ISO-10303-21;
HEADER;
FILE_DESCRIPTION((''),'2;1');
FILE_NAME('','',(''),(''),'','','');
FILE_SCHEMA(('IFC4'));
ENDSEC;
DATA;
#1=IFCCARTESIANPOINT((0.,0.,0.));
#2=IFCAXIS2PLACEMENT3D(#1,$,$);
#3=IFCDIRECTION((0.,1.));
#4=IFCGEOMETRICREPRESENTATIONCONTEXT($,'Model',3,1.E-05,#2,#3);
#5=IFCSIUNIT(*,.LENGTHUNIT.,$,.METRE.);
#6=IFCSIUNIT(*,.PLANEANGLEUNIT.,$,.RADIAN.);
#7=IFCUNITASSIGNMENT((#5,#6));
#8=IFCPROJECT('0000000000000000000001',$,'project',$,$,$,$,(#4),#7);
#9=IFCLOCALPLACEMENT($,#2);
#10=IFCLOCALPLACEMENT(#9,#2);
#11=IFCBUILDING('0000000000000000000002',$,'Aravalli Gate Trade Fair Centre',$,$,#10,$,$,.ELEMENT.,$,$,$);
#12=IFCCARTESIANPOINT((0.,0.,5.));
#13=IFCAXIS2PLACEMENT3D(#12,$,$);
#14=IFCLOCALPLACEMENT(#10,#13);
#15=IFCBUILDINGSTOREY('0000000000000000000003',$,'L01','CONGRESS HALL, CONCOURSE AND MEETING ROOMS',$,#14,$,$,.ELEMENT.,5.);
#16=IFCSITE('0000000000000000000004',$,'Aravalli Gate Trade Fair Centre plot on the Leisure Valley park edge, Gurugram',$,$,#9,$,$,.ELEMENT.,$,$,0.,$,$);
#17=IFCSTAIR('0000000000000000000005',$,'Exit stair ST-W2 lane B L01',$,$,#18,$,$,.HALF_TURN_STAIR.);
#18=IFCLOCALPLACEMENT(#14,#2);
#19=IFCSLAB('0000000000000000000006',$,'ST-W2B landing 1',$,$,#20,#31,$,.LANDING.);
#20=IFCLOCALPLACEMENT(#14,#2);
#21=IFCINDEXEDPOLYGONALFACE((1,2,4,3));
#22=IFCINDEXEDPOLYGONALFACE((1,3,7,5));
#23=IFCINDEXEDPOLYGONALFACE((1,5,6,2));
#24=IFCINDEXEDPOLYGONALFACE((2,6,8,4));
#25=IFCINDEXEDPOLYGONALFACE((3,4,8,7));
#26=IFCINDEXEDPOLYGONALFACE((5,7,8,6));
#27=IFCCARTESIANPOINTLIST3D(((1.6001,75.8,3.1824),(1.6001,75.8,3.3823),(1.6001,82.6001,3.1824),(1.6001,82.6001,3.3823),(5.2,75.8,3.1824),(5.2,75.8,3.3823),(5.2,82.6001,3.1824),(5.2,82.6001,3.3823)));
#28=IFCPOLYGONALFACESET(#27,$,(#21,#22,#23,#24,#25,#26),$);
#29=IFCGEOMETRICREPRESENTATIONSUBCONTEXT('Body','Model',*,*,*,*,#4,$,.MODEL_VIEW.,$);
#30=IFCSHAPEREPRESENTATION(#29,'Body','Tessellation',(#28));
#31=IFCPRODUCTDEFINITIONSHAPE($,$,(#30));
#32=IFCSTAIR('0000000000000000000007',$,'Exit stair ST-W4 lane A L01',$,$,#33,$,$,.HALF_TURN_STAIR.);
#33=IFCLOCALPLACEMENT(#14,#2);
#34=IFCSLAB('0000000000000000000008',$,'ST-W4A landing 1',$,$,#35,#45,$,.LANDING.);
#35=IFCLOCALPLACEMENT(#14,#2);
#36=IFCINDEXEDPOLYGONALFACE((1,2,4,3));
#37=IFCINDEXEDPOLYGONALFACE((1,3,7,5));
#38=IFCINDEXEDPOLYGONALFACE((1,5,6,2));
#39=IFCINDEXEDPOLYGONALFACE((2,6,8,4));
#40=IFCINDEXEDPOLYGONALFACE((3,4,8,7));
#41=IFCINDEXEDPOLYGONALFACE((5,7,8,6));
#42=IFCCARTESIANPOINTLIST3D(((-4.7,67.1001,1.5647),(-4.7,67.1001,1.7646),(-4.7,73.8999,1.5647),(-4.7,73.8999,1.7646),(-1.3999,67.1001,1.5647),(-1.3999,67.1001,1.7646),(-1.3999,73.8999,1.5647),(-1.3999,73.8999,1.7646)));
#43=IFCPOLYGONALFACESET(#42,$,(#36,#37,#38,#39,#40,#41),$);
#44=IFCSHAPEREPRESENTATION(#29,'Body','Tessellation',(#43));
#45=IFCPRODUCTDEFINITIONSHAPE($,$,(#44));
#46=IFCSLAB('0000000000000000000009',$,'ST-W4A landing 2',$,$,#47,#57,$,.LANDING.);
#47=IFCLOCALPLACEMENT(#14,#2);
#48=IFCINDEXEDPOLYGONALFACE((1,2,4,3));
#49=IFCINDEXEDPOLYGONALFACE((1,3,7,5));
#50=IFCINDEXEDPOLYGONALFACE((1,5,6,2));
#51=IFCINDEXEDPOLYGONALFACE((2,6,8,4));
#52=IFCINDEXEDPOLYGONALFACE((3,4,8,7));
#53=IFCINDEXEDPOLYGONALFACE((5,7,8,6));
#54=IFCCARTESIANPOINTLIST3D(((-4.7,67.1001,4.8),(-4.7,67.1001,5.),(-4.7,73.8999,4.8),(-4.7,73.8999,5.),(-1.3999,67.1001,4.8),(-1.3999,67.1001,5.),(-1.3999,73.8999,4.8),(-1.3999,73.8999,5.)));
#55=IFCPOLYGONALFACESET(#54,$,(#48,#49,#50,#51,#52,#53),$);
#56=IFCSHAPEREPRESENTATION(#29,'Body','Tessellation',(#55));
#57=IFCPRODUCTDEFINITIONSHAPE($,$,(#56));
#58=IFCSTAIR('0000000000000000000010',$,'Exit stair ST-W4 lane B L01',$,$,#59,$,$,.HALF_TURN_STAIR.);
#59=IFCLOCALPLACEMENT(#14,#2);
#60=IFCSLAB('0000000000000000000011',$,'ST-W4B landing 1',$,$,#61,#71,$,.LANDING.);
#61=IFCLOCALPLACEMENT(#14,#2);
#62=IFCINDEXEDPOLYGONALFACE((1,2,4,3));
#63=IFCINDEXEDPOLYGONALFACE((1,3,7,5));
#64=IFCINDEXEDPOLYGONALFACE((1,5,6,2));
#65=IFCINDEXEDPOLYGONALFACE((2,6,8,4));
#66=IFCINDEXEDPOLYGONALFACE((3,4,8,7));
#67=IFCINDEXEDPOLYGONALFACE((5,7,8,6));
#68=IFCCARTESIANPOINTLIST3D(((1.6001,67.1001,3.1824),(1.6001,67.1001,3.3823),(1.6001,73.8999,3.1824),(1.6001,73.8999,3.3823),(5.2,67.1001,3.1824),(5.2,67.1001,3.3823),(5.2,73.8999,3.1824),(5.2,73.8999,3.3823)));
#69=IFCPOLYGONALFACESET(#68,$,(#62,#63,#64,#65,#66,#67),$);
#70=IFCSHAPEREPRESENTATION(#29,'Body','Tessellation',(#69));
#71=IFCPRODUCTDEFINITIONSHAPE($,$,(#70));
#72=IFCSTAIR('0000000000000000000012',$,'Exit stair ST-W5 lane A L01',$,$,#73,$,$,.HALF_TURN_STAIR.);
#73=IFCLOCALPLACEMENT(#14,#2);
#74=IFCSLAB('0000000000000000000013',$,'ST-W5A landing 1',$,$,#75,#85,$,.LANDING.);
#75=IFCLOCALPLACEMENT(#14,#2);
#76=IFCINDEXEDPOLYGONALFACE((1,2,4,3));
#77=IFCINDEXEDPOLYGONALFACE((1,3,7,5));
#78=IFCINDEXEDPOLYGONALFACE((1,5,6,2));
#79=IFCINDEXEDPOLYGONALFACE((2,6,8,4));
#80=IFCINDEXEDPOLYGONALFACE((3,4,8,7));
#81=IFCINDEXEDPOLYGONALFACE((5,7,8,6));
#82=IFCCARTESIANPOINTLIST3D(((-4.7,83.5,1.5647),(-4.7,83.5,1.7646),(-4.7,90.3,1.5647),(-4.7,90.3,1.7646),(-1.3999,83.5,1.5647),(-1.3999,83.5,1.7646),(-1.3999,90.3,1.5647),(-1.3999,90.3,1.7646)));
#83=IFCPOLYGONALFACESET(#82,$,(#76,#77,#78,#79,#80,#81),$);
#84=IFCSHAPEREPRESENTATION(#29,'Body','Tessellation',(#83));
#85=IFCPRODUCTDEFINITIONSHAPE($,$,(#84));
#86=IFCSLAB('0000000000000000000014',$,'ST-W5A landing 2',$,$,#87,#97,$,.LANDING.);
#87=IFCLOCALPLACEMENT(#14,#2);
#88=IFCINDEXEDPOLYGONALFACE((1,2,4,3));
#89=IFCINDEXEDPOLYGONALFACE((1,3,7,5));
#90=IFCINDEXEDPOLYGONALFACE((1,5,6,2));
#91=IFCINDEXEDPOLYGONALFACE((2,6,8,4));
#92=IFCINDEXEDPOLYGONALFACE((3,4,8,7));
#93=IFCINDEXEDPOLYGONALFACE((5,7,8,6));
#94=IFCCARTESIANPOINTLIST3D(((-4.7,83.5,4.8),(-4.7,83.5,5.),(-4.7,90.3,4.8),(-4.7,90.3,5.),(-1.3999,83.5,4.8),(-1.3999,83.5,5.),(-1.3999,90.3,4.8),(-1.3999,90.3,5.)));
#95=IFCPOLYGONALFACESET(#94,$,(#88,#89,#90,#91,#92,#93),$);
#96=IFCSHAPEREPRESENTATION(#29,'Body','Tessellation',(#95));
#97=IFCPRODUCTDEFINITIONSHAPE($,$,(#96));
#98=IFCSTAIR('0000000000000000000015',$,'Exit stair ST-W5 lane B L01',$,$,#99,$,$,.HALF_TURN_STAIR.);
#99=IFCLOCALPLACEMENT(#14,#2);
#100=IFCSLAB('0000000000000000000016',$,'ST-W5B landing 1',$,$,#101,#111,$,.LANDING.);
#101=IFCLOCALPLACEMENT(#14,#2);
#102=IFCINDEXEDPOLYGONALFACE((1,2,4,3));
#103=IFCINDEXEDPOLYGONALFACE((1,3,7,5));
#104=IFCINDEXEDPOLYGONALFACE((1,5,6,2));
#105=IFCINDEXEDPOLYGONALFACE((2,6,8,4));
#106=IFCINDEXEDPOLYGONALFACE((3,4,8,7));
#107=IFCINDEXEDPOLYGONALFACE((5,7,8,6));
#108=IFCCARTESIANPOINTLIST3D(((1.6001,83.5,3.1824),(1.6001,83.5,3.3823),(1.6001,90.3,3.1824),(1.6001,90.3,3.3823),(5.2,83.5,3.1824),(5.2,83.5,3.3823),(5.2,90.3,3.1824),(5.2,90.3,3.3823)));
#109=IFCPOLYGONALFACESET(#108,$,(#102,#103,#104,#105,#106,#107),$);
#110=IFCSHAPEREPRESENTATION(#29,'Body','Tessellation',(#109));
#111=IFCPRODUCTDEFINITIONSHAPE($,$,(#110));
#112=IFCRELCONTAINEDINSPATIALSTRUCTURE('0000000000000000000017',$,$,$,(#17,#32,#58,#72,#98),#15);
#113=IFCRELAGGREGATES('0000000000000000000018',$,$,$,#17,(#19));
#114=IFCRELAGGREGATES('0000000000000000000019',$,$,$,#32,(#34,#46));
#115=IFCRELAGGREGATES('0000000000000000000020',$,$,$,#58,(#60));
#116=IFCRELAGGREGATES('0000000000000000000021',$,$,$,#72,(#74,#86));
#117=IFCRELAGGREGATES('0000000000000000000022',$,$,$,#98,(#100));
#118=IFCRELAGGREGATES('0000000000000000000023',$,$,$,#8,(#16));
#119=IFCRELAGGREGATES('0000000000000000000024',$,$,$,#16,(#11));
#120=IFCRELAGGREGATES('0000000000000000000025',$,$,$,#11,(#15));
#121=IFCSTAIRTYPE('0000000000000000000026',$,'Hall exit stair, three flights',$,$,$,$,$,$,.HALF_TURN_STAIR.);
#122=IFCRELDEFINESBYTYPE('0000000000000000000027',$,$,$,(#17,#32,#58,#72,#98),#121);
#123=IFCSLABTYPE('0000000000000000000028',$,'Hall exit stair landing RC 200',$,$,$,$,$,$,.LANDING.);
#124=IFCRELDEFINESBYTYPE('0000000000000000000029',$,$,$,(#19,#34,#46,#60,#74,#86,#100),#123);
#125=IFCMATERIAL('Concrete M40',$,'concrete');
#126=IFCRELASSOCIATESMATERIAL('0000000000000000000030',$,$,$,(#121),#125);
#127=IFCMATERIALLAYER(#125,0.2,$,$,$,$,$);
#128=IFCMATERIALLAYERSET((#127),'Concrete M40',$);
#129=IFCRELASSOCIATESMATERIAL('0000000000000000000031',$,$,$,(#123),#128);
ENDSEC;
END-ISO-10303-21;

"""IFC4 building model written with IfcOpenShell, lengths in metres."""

from ifc_helpers import new_model, si_unit, direction, frame, origin, place, context, subcontext, project, spatial, polyline, outline, extrude, material, layer, layer_set, type_object, element, aggregate, save


model = new_model("IFC4")

# Units and contexts
model_context = context("Model", 3, precision=1e-05, world=origin(), true_north=direction((0.0, 1.0)))
body_context = subcontext(model_context, "Body", "Model", "MODEL_VIEW")
ifc_project = project(units=[si_unit("LENGTHUNIT", "METRE"), si_unit("PLANEANGLEUNIT", "RADIAN")], contexts=[model_context])

# Site, building, storey
site_placement = place(None, origin())
site = spatial("IfcSite", under=ifc_project, at=site_placement, Name="Aravalli Gate Trade Fair Centre plot on the Leisure Valley park edge, Gurugram", CompositionType="ELEMENT", RefElevation=0.0)
building_placement = place(site_placement, origin())
building = spatial("IfcBuilding", under=site, at=building_placement, Name="Aravalli Gate Trade Fair Centre", CompositionType="ELEMENT")
storey_placement = place(building_placement, frame((0.0, 0.0, 5.0)))
storey = spatial("IfcBuildingStorey", under=building, at=storey_placement, Name="L01", Description="CONGRESS HALL, CONCOURSE AND MEETING ROOMS", CompositionType="ELEMENT", Elevation=5.0)

# Shared definitions
ifc_material = material(Name="Concrete M40", Category="concrete")
stair_type_1 = type_object("IfcStairType", Name="Hall exit stair, three flights", PredefinedType="HALF_TURN_STAIR", material=ifc_material)
ifc_layer = layer(ifc_material, 0.2)
ifc_layer_set = layer_set([ifc_layer], Name="Concrete M40")
slab_type = type_object("IfcSlabType", Name="Hall exit stair landing RC 200", PredefinedType="LANDING", material=ifc_layer_set)

# Stair, slab
stair_1_placement = place(storey_placement, origin())
stair_1 = element("IfcStair", 1, at=stair_1_placement, inside=storey, type_object=stair_type_1, Name="Exit stair ST-W2 lane B L01", PredefinedType="HALF_TURN_STAIR")
slab_1_placement = place(storey_placement, frame((0.0, 0.0, 3.1824)))
slab_1 = element("IfcSlab", 2, at=slab_1_placement, type_object=slab_type, Name="ST-W2B landing 1", PredefinedType="LANDING", context=body_context, shape_type="SweptSolid", body=[
    extrude(outline(polyline([(5.2, 75.8), (5.2, 82.6001), (1.6001, 82.6001), (1.6001, 75.8), (5.2, 75.8)])), origin(), (0.0, 0.0, 1.0), 0.2),
])
aggregate(stair_1, [slab_1])

# Stair, slabs
stair_2_placement = place(storey_placement, origin())
stair_2 = element("IfcStair", 3, at=stair_2_placement, inside=storey, type_object=stair_type_1, Name="Exit stair ST-W4 lane A L01", PredefinedType="HALF_TURN_STAIR")
slab_2_placement = place(storey_placement, frame((0.0, 0.0, 1.5647)))
slab_2 = element("IfcSlab", 4, at=slab_2_placement, type_object=slab_type, Name="ST-W4A landing 1", PredefinedType="LANDING", context=body_context, shape_type="SweptSolid", body=[
    extrude(outline(polyline([(-1.3999, 67.1001), (-1.3999, 73.8999), (-4.7, 73.8999), (-4.7, 67.1001), (-1.3999, 67.1001)])), origin(), (0.0, 0.0, 1.0), 0.2),
])
slab_3_placement = place(storey_placement, frame((0.0, 0.0, 4.8)))
slab_3 = element("IfcSlab", 5, at=slab_3_placement, type_object=slab_type, Name="ST-W4A landing 2", PredefinedType="LANDING", context=body_context, shape_type="SweptSolid", body=[
    extrude(outline(polyline([(-1.3999, 67.1001), (-1.3999, 73.8999), (-4.7, 73.8999), (-4.7, 67.1001), (-1.3999, 67.1001)])), origin(), (0.0, 0.0, 1.0), 0.2),
])
aggregate(stair_2, [slab_2, slab_3])

# Stair, slab
stair_3_placement = place(storey_placement, origin())
stair_3 = element("IfcStair", 6, at=stair_3_placement, inside=storey, type_object=stair_type_1, Name="Exit stair ST-W4 lane B L01", PredefinedType="HALF_TURN_STAIR")
slab_4_placement = place(storey_placement, frame((0.0, 0.0, 3.1824)))
slab_4 = element("IfcSlab", 7, at=slab_4_placement, type_object=slab_type, Name="ST-W4B landing 1", PredefinedType="LANDING", context=body_context, shape_type="SweptSolid", body=[
    extrude(outline(polyline([(5.2, 67.1001), (5.2, 73.8999), (1.6001, 73.8999), (1.6001, 67.1001), (5.2, 67.1001)])), origin(), (0.0, 0.0, 1.0), 0.2),
])
aggregate(stair_3, [slab_4])

# Stair, slabs
stair_4_placement = place(storey_placement, origin())
stair_4 = element("IfcStair", 8, at=stair_4_placement, inside=storey, type_object=stair_type_1, Name="Exit stair ST-W5 lane A L01", PredefinedType="HALF_TURN_STAIR")
slab_5_placement = place(storey_placement, frame((0.0, 0.0, 1.5647)))
slab_5 = element("IfcSlab", 9, at=slab_5_placement, type_object=slab_type, Name="ST-W5A landing 1", PredefinedType="LANDING", context=body_context, shape_type="SweptSolid", body=[
    extrude(outline(polyline([(-1.3999, 83.5), (-1.3999, 90.3), (-4.7, 90.3), (-4.7, 83.5), (-1.3999, 83.5)])), origin(), (0.0, 0.0, 1.0), 0.2),
])
slab_6_placement = place(storey_placement, frame((0.0, 0.0, 4.8)))
slab_6 = element("IfcSlab", 10, at=slab_6_placement, type_object=slab_type, Name="ST-W5A landing 2", PredefinedType="LANDING", context=body_context, shape_type="SweptSolid", body=[
    extrude(outline(polyline([(-1.3999, 83.5), (-1.3999, 90.3), (-4.7, 90.3), (-4.7, 83.5), (-1.3999, 83.5)])), origin(), (0.0, 0.0, 1.0), 0.2),
])
aggregate(stair_4, [slab_5, slab_6])

# Stair, slab
stair_5_placement = place(storey_placement, origin())
stair_5 = element("IfcStair", 11, at=stair_5_placement, inside=storey, type_object=stair_type_1, Name="Exit stair ST-W5 lane B L01", PredefinedType="HALF_TURN_STAIR")
slab_7_placement = place(storey_placement, frame((0.0, 0.0, 3.1824)))
slab_7 = element("IfcSlab", 12, at=slab_7_placement, type_object=slab_type, Name="ST-W5B landing 1", PredefinedType="LANDING", context=body_context, shape_type="SweptSolid", body=[
    extrude(outline(polyline([(5.2, 83.5), (5.2, 90.3), (1.6001, 90.3), (1.6001, 83.5), (5.2, 83.5)])), origin(), (0.0, 0.0, 1.0), 0.2),
])
aggregate(stair_5, [slab_7])

save(model, "model.ifc")
